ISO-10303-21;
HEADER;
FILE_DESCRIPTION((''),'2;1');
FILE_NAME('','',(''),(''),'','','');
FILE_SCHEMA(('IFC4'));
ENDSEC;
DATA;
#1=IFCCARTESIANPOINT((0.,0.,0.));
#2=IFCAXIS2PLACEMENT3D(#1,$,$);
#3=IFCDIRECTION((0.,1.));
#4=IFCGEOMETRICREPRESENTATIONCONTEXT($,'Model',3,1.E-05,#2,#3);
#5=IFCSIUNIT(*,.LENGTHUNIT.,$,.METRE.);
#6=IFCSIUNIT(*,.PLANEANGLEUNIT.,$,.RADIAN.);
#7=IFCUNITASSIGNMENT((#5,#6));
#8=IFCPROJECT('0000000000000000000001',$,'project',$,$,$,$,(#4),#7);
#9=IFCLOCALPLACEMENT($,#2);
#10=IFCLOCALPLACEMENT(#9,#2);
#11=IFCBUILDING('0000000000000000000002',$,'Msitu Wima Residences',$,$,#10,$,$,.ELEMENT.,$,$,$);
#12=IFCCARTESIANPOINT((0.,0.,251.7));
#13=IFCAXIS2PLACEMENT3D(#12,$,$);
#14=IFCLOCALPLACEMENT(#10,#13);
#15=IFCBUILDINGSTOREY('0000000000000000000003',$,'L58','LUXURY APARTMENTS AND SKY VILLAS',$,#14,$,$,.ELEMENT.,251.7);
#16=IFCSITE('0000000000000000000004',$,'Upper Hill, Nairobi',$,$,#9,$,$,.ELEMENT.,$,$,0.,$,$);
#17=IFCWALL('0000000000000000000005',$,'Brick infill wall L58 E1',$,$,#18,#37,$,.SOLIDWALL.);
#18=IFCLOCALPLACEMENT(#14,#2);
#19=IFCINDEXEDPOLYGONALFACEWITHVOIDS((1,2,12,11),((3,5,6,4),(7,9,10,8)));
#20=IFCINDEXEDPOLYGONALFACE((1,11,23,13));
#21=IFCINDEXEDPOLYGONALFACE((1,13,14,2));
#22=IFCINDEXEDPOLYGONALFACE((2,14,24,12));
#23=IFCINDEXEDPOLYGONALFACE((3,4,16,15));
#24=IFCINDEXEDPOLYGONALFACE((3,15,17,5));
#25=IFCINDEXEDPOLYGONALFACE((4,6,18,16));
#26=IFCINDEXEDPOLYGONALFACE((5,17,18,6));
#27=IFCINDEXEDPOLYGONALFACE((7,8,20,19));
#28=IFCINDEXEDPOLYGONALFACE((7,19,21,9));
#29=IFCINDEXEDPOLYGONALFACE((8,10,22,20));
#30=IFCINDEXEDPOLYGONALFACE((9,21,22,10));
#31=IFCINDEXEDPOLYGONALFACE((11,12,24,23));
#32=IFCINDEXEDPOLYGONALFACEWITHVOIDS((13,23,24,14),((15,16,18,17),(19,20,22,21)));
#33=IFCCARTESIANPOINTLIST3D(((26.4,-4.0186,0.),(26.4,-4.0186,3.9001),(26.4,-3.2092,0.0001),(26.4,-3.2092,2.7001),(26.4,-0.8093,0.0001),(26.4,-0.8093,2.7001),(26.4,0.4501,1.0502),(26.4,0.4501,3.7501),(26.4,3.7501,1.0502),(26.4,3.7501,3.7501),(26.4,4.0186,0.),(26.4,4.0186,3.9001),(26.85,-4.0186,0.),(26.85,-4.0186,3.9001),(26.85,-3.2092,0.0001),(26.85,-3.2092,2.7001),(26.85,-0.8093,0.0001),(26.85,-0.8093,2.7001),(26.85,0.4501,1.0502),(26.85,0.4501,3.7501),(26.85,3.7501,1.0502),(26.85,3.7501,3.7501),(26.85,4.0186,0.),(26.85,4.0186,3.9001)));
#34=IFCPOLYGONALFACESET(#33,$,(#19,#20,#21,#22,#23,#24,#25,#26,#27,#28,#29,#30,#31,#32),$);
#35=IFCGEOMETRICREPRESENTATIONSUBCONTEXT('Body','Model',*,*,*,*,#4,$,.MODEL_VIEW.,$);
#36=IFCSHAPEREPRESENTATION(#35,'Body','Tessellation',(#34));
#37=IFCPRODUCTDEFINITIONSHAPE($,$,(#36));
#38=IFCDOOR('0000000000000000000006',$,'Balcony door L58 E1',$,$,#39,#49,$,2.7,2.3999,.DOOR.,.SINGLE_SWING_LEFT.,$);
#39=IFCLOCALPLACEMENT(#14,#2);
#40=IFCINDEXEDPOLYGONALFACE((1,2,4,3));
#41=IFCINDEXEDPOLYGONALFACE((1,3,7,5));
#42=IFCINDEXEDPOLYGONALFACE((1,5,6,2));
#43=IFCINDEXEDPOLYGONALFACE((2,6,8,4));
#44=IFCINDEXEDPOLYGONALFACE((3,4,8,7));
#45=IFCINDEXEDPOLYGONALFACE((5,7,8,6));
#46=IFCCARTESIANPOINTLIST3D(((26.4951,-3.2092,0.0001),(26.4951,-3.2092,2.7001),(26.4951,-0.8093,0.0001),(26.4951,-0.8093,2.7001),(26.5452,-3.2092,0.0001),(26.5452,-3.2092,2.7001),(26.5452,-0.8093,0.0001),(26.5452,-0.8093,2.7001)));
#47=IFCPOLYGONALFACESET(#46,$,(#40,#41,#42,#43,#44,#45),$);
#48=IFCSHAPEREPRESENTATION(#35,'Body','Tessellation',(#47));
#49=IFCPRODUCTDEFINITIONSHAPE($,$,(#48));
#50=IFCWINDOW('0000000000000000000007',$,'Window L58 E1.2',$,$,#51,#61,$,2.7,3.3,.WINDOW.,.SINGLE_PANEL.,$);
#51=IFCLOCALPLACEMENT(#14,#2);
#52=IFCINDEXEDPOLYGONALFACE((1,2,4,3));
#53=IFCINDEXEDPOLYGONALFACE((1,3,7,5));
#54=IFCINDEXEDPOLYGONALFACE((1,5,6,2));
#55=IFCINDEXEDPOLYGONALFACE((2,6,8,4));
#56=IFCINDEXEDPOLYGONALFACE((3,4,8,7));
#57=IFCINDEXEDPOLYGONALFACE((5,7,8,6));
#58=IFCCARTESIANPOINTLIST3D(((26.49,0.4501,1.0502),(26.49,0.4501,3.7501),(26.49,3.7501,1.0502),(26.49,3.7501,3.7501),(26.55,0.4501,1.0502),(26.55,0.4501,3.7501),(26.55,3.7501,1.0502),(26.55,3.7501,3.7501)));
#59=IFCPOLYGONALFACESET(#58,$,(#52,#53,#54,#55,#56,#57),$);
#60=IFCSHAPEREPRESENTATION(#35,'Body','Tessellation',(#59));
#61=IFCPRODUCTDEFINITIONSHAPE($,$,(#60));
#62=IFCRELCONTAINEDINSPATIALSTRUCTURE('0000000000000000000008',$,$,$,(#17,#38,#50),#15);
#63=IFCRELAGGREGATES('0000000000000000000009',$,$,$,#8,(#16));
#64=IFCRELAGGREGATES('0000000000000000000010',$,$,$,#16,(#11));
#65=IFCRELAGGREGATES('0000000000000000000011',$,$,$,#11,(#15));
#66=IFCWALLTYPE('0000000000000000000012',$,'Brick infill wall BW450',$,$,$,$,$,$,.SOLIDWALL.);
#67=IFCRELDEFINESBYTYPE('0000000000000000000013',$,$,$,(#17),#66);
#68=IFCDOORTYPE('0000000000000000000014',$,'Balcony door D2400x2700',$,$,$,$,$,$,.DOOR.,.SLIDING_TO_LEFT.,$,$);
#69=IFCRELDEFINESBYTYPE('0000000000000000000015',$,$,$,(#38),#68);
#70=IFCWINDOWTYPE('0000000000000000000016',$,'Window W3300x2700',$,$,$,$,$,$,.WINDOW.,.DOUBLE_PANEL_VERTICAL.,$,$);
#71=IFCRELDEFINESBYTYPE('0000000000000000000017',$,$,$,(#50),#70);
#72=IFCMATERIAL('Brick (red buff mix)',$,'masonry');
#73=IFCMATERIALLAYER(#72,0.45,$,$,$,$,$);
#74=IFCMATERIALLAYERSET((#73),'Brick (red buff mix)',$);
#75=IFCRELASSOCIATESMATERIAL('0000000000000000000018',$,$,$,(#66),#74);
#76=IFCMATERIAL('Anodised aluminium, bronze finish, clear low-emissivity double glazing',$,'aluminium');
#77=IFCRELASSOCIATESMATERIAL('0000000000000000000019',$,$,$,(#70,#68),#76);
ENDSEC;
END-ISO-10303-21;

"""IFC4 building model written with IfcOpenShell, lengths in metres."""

from ifc_helpers import new_model, si_unit, direction, frame, frame_2d, origin, place, context, subcontext, project, spatial, rectangle, extrude, material, layer, layer_set, type_object, element, fill, save


model = new_model("IFC4")

# Units and contexts
model_context = context("Model", 3, precision=1e-05, world=origin(), true_north=direction((0.0, 1.0)))
body_context = subcontext(model_context, "Body", "Model", "MODEL_VIEW")
ifc_project = project(units=[si_unit("LENGTHUNIT", "METRE"), si_unit("PLANEANGLEUNIT", "RADIAN")], contexts=[model_context])

# Site, building, storey
site_placement = place(None, origin())
site = spatial("IfcSite", under=ifc_project, at=site_placement, Name="Upper Hill, Nairobi", CompositionType="ELEMENT", RefElevation=0.0)
building_placement = place(site_placement, origin())
building = spatial("IfcBuilding", under=site, at=building_placement, Name="Msitu Wima Residences", CompositionType="ELEMENT")
storey_placement = place(building_placement, frame((0.0, 0.0, 251.7)))
storey = spatial("IfcBuildingStorey", under=building, at=storey_placement, Name="L58", Description="LUXURY APARTMENTS AND SKY VILLAS", CompositionType="ELEMENT", Elevation=251.7)

# Shared definitions
ifc_material_1 = material(Name="Brick (red buff mix)", Category="masonry")
ifc_layer_1 = layer(ifc_material_1, 0.45)
ifc_layer_set_1 = layer_set([ifc_layer_1], Name="Brick (red buff mix)")
wall_type_1 = type_object("IfcWallType", Name="Brick infill wall BW450", PredefinedType="SOLIDWALL", material=ifc_layer_set_1)
ifc_material_2 = material(Name="Anodised aluminium, bronze finish, clear low-emissivity double glazing", Category="aluminium")
window_type = type_object("IfcWindowType", Name="Window W3300x2700", PartitioningType="DOUBLE_PANEL_VERTICAL", PredefinedType="WINDOW", material=ifc_material_2)

# Wall, openings, door, window
wall_1_placement = place(storey_placement, frame((26.625, -4.0186, 0.0), z_axis=(0.0, 0.0, 1.0), x_axis=(0.0, 1.0, 0.0)))
wall_1 = element("IfcWall", 1, at=wall_1_placement, inside=storey, type_object=wall_type_1, Name="Brick infill wall L58 E1", PredefinedType="SOLIDWALL", context=body_context, shape_type="SweptSolid", body=[
    extrude(rectangle(XDim=8.0371, YDim=0.45, at=frame_2d((4.0186, 0.0))), origin(), (0.0, 0.0, 1.0), 3.9001),
])
opening_1_placement = place(wall_1_placement, frame((0.8093, 0.0, 0.0)))
opening_1 = element("IfcOpeningElement", 2, at=opening_1_placement, cuts=wall_1, PredefinedType="OPENING", context=body_context, shape_type="SweptSolid", body=[
    extrude(rectangle(XDim=2.3999, YDim=2.7, at=frame_2d((1.2, 1.3501))), frame((0.0, 0.2349, 0.0), z_axis=(0.0, -1.0, 0.0), x_axis=(1.0, 0.0, 0.0)), (0.0, 0.0, 1.0), 0.47),
])
opening_2_placement = place(wall_1_placement, frame((4.4688, 0.0, 1.05)))
opening_2 = element("IfcOpeningElement", 3, at=opening_2_placement, cuts=wall_1, PredefinedType="OPENING", context=body_context, shape_type="SweptSolid", body=[
    extrude(rectangle(XDim=3.3, YDim=2.7, at=frame_2d((1.6499, 1.3501))), frame((0.0, 0.2349, 0.0), z_axis=(0.0, -1.0, 0.0), x_axis=(1.0, 0.0, 0.0)), (0.0, 0.0, 1.0), 0.47),
])
door_type = type_object("IfcDoorType", Name="Balcony door D2400x2700", OperationType="SLIDING_TO_LEFT", PredefinedType="DOOR", material=ifc_material_2)
door_placement = place(opening_1_placement, origin())
door = element("IfcDoor", 4, at=door_placement, inside=storey, type_object=door_type, Name="Balcony door L58 E1", OperationType="SINGLE_SWING_LEFT", OverallHeight=2.7, OverallWidth=2.3999, PredefinedType="DOOR", context=body_context, shape_type="SweptSolid", body=[
    extrude(rectangle(XDim=2.3999, YDim=2.7, at=frame_2d((1.2, 1.3501))), frame((0.0, 0.1299, 0.0), z_axis=(0.0, -1.0, 0.0), x_axis=(1.0, 0.0, 0.0)), (0.0, 0.0, 1.0), 0.05),
])
fill(opening_1, door)
window_1_placement = place(opening_2_placement, origin())
window_1 = element("IfcWindow", 5, at=window_1_placement, inside=storey, type_object=window_type, Name="Window L58 E1.2", OverallHeight=2.7, OverallWidth=3.3, PartitioningType="SINGLE_PANEL", PredefinedType="WINDOW", context=body_context, shape_type="SweptSolid", body=[
    extrude(rectangle(XDim=3.3, YDim=2.7, at=frame_2d((1.6499, 1.3501))), frame((0.0, 0.135, 0.0), z_axis=(0.0, -1.0, 0.0), x_axis=(1.0, 0.0, 0.0)), (0.0, 0.0, 1.0), 0.0601),
])
fill(opening_2, window_1)

save(model, "model.ifc")
